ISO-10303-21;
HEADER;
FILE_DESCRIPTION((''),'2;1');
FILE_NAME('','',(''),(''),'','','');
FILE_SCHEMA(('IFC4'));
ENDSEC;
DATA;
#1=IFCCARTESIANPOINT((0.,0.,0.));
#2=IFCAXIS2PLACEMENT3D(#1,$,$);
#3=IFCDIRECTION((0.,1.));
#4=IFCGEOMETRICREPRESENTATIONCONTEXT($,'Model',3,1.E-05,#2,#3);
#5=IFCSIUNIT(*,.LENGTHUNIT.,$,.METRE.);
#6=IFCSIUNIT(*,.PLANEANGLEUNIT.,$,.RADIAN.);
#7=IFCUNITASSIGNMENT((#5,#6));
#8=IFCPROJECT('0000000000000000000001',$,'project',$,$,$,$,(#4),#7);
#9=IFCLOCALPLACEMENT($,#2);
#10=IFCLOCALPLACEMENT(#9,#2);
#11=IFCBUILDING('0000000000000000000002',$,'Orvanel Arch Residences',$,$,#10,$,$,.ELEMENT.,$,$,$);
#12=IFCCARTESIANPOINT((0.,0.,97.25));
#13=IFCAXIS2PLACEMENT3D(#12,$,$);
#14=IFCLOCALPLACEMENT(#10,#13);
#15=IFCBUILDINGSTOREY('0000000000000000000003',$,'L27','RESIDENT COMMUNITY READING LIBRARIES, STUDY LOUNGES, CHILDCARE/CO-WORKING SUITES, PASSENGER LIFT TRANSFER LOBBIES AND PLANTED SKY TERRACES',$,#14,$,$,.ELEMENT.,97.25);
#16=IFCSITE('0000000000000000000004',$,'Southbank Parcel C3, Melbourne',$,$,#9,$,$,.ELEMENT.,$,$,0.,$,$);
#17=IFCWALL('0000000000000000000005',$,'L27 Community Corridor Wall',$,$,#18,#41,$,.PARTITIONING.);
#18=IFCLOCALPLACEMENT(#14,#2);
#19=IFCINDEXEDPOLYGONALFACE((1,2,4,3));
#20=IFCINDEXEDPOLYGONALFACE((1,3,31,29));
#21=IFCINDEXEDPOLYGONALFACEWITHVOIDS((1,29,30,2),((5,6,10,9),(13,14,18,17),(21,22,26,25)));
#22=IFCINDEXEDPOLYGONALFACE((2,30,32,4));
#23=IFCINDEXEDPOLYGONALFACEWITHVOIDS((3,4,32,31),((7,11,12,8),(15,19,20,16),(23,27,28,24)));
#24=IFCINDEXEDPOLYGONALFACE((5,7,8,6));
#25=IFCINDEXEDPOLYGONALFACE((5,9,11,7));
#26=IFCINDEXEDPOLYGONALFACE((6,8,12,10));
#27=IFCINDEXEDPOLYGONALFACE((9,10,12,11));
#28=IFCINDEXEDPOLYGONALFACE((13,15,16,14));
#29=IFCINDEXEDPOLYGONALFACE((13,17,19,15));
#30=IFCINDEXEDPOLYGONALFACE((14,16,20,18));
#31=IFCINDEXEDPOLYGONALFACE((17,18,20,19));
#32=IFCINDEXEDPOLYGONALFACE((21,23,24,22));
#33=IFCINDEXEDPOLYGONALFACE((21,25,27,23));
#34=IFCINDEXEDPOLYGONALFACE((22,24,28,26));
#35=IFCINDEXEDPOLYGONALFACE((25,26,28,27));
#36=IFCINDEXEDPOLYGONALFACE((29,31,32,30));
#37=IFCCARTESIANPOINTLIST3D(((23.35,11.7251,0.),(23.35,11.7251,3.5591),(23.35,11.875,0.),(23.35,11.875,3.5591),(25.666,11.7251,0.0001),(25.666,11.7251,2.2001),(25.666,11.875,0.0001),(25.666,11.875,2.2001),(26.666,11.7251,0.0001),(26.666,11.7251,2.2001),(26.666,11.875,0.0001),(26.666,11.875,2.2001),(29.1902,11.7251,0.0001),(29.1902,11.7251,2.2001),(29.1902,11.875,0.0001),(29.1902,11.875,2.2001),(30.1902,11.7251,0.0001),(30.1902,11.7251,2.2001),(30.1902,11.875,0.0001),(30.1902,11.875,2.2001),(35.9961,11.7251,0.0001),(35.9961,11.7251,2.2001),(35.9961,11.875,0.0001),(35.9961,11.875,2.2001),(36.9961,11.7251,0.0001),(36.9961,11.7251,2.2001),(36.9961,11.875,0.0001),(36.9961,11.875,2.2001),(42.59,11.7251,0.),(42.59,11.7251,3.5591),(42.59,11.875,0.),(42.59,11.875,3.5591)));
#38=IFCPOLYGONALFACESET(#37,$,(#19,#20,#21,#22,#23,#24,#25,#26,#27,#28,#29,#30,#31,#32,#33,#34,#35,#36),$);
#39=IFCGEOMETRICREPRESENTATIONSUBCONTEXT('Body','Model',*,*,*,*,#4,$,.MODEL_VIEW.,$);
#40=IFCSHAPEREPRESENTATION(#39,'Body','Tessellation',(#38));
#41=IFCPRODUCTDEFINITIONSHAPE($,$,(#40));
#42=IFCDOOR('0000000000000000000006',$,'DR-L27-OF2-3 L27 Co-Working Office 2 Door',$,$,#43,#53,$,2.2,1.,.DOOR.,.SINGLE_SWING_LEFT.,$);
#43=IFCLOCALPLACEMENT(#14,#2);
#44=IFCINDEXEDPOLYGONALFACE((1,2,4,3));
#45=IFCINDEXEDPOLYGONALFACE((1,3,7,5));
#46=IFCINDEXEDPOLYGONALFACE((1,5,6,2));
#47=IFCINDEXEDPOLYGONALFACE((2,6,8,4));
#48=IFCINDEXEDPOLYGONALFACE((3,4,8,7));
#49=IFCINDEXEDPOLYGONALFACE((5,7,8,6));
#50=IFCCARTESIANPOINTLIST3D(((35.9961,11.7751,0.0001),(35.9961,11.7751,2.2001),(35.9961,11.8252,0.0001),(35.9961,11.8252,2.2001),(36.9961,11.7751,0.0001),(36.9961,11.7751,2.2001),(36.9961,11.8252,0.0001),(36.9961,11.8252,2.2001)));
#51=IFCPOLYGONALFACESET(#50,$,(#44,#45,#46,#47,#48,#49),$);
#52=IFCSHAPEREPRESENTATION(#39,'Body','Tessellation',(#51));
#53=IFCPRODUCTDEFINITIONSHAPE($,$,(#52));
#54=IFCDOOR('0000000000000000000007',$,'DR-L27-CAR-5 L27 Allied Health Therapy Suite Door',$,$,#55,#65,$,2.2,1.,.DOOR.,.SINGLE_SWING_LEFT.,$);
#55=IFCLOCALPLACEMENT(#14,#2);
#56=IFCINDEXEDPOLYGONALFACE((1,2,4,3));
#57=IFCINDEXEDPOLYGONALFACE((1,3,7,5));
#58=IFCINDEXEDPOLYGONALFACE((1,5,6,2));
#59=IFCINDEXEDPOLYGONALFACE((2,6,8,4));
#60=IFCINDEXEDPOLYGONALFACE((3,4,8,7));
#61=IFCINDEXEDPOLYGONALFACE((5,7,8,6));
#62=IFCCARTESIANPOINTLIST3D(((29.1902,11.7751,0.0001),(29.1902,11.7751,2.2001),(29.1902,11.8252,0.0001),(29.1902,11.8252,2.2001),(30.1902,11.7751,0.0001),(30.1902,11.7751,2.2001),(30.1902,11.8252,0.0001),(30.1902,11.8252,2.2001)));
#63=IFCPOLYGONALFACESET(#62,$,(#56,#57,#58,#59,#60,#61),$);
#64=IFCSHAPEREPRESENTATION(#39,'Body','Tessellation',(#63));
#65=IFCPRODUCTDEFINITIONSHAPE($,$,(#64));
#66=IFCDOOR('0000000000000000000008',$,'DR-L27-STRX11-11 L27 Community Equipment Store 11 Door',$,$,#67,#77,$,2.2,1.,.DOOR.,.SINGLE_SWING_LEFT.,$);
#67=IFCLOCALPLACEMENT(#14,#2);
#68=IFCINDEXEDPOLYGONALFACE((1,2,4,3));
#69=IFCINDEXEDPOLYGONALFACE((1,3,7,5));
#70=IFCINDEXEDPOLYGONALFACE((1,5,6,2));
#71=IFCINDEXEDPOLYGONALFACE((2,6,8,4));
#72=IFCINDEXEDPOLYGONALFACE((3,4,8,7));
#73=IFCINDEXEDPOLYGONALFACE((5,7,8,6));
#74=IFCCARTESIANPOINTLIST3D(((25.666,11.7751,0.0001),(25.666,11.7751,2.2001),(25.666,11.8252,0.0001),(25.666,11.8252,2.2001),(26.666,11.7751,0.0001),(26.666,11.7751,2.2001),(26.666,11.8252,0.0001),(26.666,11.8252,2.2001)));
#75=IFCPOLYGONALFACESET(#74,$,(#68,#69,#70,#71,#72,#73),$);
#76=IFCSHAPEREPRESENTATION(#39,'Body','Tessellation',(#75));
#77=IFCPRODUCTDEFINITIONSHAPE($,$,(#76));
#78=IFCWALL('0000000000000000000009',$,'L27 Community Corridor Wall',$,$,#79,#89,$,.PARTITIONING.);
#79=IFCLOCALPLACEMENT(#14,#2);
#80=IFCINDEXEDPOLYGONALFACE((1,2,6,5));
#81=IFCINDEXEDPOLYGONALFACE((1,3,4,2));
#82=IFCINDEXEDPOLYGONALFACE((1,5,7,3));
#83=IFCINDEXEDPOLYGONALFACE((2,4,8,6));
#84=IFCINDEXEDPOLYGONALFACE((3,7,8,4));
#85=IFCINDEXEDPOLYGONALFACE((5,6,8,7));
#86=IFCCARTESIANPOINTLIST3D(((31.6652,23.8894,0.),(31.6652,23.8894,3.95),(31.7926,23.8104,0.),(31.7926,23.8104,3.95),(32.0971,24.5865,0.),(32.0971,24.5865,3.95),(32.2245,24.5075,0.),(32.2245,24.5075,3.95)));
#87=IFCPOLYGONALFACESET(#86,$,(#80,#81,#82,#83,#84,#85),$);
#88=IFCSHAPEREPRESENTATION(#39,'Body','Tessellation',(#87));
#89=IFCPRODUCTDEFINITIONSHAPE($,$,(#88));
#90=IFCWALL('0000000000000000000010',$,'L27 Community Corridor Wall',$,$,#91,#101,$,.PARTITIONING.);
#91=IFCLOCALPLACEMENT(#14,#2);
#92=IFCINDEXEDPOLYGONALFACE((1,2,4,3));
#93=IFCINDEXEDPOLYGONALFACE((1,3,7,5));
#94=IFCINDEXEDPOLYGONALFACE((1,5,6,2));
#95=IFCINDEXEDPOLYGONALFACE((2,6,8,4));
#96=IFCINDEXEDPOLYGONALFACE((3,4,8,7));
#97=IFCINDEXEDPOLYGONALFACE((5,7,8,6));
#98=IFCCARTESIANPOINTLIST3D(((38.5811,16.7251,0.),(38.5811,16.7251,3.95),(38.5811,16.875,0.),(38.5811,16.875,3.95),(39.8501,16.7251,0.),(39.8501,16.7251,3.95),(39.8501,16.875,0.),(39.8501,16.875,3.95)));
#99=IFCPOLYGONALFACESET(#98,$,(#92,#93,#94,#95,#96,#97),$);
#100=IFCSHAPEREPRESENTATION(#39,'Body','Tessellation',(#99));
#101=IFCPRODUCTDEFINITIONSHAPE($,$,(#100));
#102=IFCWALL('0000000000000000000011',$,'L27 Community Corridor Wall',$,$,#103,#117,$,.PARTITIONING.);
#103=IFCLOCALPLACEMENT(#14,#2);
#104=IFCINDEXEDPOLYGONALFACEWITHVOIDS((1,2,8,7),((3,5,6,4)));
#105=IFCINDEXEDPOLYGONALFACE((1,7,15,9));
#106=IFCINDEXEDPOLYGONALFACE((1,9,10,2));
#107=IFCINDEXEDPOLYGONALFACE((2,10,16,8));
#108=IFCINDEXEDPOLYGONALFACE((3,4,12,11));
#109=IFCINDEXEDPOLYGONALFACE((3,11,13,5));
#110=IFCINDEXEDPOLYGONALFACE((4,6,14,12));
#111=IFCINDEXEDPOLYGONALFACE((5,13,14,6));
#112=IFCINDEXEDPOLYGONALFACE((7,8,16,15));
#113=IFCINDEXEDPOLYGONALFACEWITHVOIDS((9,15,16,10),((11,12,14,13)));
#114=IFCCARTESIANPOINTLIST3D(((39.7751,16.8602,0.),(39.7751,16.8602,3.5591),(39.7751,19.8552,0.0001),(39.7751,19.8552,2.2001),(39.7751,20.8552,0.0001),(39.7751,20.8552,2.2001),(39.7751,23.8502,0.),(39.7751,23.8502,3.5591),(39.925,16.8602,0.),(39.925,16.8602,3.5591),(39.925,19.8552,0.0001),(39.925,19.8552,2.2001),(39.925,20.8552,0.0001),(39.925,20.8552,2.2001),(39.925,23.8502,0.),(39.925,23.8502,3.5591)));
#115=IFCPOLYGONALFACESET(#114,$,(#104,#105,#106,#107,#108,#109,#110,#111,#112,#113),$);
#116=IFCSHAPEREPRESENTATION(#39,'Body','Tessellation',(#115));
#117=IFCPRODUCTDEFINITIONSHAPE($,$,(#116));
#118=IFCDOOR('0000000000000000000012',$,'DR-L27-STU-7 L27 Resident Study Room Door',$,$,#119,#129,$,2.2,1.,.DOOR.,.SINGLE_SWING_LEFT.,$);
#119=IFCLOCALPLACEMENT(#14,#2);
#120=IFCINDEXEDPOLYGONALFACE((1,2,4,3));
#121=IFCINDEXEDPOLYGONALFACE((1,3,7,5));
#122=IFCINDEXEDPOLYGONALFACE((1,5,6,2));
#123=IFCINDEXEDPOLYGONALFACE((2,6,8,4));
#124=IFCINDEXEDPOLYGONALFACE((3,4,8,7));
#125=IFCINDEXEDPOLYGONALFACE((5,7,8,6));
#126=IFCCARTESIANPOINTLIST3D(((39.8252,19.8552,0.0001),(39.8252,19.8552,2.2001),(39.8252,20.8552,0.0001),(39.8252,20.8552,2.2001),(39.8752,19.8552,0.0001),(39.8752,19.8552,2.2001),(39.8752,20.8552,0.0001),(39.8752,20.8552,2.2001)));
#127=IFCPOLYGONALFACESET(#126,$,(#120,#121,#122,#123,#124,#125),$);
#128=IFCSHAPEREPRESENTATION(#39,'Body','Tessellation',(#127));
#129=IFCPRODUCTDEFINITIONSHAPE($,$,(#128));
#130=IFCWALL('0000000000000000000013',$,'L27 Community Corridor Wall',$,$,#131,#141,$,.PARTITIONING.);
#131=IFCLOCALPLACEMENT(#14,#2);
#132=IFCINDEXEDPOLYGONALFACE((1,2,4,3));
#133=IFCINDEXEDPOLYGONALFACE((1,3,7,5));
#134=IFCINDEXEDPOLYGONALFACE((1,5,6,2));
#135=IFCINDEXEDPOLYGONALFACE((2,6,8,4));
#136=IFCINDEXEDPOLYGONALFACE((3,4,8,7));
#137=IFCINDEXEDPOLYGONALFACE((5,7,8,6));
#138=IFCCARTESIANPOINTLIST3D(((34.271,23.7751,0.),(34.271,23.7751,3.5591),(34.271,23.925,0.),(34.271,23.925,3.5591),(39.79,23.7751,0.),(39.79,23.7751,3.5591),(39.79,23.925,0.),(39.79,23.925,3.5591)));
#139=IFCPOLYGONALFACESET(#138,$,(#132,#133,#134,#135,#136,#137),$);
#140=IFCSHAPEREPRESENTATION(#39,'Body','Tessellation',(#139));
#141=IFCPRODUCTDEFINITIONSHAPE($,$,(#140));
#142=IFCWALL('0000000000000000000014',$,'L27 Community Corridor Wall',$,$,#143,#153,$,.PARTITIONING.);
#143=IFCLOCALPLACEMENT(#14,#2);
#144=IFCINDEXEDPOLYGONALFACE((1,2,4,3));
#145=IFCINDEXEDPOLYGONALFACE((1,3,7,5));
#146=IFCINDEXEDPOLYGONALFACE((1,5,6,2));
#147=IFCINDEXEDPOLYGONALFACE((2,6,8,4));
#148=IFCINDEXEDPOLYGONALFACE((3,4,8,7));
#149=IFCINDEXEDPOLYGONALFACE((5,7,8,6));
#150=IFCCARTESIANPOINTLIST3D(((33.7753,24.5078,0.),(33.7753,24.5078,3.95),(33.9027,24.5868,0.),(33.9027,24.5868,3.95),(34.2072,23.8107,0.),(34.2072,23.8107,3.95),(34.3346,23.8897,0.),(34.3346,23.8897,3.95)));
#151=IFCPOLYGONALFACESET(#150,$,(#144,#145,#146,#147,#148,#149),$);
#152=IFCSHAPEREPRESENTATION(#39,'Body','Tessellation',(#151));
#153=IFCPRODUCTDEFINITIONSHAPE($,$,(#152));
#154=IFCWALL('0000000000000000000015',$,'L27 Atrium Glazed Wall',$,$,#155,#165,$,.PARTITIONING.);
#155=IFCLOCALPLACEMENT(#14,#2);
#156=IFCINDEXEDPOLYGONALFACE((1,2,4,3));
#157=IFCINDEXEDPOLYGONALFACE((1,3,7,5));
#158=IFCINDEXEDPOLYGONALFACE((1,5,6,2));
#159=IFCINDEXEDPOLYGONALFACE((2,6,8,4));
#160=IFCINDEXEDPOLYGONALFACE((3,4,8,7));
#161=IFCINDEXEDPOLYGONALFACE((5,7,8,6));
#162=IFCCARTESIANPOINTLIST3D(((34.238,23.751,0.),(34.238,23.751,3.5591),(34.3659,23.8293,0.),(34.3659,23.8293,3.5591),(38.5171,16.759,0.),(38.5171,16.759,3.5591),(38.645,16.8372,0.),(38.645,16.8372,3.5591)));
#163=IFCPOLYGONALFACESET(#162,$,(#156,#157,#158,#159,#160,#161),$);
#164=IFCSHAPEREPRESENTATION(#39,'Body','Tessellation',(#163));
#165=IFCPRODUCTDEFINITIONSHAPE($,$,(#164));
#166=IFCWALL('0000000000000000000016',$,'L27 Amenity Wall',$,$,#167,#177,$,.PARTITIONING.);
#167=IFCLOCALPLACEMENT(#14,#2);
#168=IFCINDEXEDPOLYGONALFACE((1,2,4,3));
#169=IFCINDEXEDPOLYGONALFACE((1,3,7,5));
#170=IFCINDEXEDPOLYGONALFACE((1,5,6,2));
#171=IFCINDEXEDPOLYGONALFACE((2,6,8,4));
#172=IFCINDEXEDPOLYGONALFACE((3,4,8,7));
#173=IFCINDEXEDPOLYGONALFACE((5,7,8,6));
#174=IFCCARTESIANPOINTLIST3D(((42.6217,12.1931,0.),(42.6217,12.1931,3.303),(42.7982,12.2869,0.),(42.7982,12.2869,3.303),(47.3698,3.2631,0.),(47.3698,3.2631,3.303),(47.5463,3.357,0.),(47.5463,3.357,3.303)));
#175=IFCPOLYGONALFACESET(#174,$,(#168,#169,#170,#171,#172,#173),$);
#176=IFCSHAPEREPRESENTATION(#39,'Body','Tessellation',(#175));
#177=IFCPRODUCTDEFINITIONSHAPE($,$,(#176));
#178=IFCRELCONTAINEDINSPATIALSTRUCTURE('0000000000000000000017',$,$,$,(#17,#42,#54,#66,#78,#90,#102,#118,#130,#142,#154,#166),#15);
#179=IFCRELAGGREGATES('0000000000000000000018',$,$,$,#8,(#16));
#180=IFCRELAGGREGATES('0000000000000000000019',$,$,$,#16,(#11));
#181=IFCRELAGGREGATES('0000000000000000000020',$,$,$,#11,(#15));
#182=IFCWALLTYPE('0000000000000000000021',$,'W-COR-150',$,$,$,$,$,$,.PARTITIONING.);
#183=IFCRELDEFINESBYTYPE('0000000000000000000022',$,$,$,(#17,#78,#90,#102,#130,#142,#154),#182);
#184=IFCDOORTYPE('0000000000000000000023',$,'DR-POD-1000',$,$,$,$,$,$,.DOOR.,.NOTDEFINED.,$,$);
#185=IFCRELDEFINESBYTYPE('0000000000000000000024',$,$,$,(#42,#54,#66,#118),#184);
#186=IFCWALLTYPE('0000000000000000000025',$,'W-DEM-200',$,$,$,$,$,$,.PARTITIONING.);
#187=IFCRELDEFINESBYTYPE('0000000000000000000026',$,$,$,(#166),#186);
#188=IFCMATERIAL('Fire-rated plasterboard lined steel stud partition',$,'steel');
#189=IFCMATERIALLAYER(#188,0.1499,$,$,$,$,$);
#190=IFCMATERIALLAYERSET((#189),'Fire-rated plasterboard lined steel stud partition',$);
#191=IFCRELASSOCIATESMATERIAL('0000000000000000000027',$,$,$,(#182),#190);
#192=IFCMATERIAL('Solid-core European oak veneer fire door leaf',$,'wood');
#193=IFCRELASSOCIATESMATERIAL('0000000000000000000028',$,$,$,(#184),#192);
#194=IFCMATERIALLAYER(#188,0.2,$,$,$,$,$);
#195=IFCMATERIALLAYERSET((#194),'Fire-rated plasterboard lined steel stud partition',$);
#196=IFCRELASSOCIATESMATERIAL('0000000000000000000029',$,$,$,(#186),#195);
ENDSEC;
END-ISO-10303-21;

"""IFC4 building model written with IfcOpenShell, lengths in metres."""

from ifc_helpers import new_model, si_unit, direction, frame, frame_2d, origin, place, context, subcontext, project, spatial, rectangle, extrude, material, layer, layer_set, type_object, element, fill, save


model = new_model("IFC4")

# Units and contexts
model_context = context("Model", 3, precision=1e-05, world=origin(), true_north=direction((0.0, 1.0)))
body_context = subcontext(model_context, "Body", "Model", "MODEL_VIEW")
ifc_project = project(units=[si_unit("LENGTHUNIT", "METRE"), si_unit("PLANEANGLEUNIT", "RADIAN")], contexts=[model_context])

# Site, building, storey
site_placement = place(None, origin())
site = spatial("IfcSite", under=ifc_project, at=site_placement, Name="Southbank Parcel C3, Melbourne", CompositionType="ELEMENT", RefElevation=0.0)
building_placement = place(site_placement, origin())
building = spatial("IfcBuilding", under=site, at=building_placement, Name="Orvanel Arch Residences", CompositionType="ELEMENT")
storey_placement = place(building_placement, frame((0.0, 0.0, 97.25)))
storey = spatial("IfcBuildingStorey", under=building, at=storey_placement, Name="L27", Description="RESIDENT COMMUNITY READING LIBRARIES, STUDY LOUNGES, CHILDCARE/CO-WORKING SUITES, PASSENGER LIFT TRANSFER LOBBIES AND PLANTED SKY TERRACES", CompositionType="ELEMENT", Elevation=97.25)

# Wall, openings, doors
ifc_material_1 = material(Name="Fire-rated plasterboard lined steel stud partition", Category="steel")
ifc_layer_1 = layer(ifc_material_1, 0.1499)
ifc_layer_set_1 = layer_set([ifc_layer_1], Name="Fire-rated plasterboard lined steel stud partition")
wall_type_1 = type_object("IfcWallType", Name="W-COR-150", PredefinedType="PARTITIONING", material=ifc_layer_set_1)
wall_1_placement = place(storey_placement, frame((42.5901, 11.8, 0.0), z_axis=(0.0, 0.0, 1.0), x_axis=(-1.0, 0.0, 0.0)))
wall_1 = element("IfcWall", 1, at=wall_1_placement, inside=storey, type_object=wall_type_1, Name="L27 Community Corridor Wall", PredefinedType="PARTITIONING", context=body_context, shape_type="SweptSolid", body=[
    extrude(rectangle(XDim=19.24, YDim=0.1499, at=frame_2d((9.6201, 0.0))), origin(), (0.0, 0.0, 1.0), 3.5591),
])
opening_1_placement = place(wall_1_placement, frame((5.594, 0.0, 0.0)))
opening_1 = element("IfcOpeningElement", 2, at=opening_1_placement, cuts=wall_1, PredefinedType="OPENING", context=body_context, shape_type="SweptSolid", body=[
    extrude(rectangle(XDim=1.0, YDim=2.2, at=frame_2d((0.5, 1.1001))), frame((0.0, 0.085, 0.0), z_axis=(0.0, -1.0, 0.0), x_axis=(1.0, 0.0, 0.0)), (0.0, 0.0, 1.0), 0.1699),
])
opening_2_placement = place(wall_1_placement, frame((12.3999, 0.0, 0.0)))
opening_2 = element("IfcOpeningElement", 3, at=opening_2_placement, cuts=wall_1, PredefinedType="OPENING", context=body_context, shape_type="SweptSolid", body=[
    extrude(rectangle(XDim=1.0, YDim=2.2, at=frame_2d((0.5, 1.1001))), frame((0.0, 0.085, 0.0), z_axis=(0.0, -1.0, 0.0), x_axis=(1.0, 0.0, 0.0)), (0.0, 0.0, 1.0), 0.1699),
])
opening_3_placement = place(wall_1_placement, frame((15.9241, 0.0, 0.0)))
opening_3 = element("IfcOpeningElement", 4, at=opening_3_placement, cuts=wall_1, PredefinedType="OPENING", context=body_context, shape_type="SweptSolid", body=[
    extrude(rectangle(XDim=1.0, YDim=2.2, at=frame_2d((0.5, 1.1001))), frame((0.0, 0.085, 0.0), z_axis=(0.0, -1.0, 0.0), x_axis=(1.0, 0.0, 0.0)), (0.0, 0.0, 1.0), 0.1699),
])
ifc_material_2 = material(Name="Solid-core European oak veneer fire door leaf", Category="wood")
door_type_1 = type_object("IfcDoorType", Name="DR-POD-1000", OperationType="NOTDEFINED", PredefinedType="DOOR", material=ifc_material_2)
door_1_placement = place(opening_1_placement, origin())
door_1 = element("IfcDoor", 5, at=door_1_placement, inside=storey, type_object=door_type_1, Name="DR-L27-OF2-3 L27 Co-Working Office 2 Door", OperationType="SINGLE_SWING_LEFT", OverallHeight=2.2, OverallWidth=1.0, PredefinedType="DOOR", context=body_context, shape_type="SweptSolid", body=[
    extrude(rectangle(XDim=1.0, YDim=2.2, at=frame_2d((0.5, 1.1001))), frame((0.0, 0.0249, 0.0), z_axis=(0.0, -1.0, 0.0), x_axis=(1.0, 0.0, 0.0)), (0.0, 0.0, 1.0), 0.05),
])
fill(opening_1, door_1)
door_2_placement = place(opening_2_placement, origin())
door_2 = element("IfcDoor", 6, at=door_2_placement, inside=storey, type_object=door_type_1, Name="DR-L27-CAR-5 L27 Allied Health Therapy Suite Door", OperationType="SINGLE_SWING_LEFT", OverallHeight=2.2, OverallWidth=1.0, PredefinedType="DOOR", context=body_context, shape_type="SweptSolid", body=[
    extrude(rectangle(XDim=1.0, YDim=2.2, at=frame_2d((0.5, 1.1001))), frame((0.0, 0.0249, 0.0), z_axis=(0.0, -1.0, 0.0), x_axis=(1.0, 0.0, 0.0)), (0.0, 0.0, 1.0), 0.05),
])
fill(opening_2, door_2)
door_3_placement = place(opening_3_placement, origin())
door_3 = element("IfcDoor", 7, at=door_3_placement, inside=storey, type_object=door_type_1, Name="DR-L27-STRX11-11 L27 Community Equipment Store 11 Door", OperationType="SINGLE_SWING_LEFT", OverallHeight=2.2, OverallWidth=1.0, PredefinedType="DOOR", context=body_context, shape_type="SweptSolid", body=[
    extrude(rectangle(XDim=1.0, YDim=2.2, at=frame_2d((0.5, 1.1001))), frame((0.0, 0.0249, 0.0), z_axis=(0.0, -1.0, 0.0), x_axis=(1.0, 0.0, 0.0)), (0.0, 0.0, 1.0), 0.05),
])
fill(opening_3, door_3)

# Walls
wall_2_placement = place(storey_placement, frame((32.1609, 24.5471, 0.0), z_axis=(0.0, 0.0, 1.0), x_axis=(-0.526703, -0.850049, 0.0)))
element("IfcWall", 8, at=wall_2_placement, inside=storey, type_object=wall_type_1, Name="L27 Community Corridor Wall", PredefinedType="PARTITIONING", context=body_context, shape_type="SweptSolid", body=[
    extrude(rectangle(XDim=0.8201, YDim=0.1499, at=frame_2d((0.4102, 0.0))), origin(), (0.0, 0.0, 1.0), 3.95),
])
wall_3_placement = place(storey_placement, frame((38.5811, 16.8, 0.0), z_axis=(0.0, 0.0, 1.0), x_axis=(1.0, 0.0, 0.0)))
element("IfcWall", 9, at=wall_3_placement, inside=storey, type_object=wall_type_1, Name="L27 Community Corridor Wall", PredefinedType="PARTITIONING", context=body_context, shape_type="SweptSolid", body=[
    extrude(rectangle(XDim=1.269, YDim=0.1499, at=frame_2d((0.6345, 0.0))), origin(), (0.0, 0.0, 1.0), 3.95),
])

# Wall, opening, door
wall_4_placement = place(storey_placement, frame((39.8501, 16.8601, 0.0), z_axis=(0.0, 0.0, 1.0), x_axis=(0.0, 1.0, 0.0)))
wall_4 = element("IfcWall", 10, at=wall_4_placement, inside=storey, type_object=wall_type_1, Name="L27 Community Corridor Wall", PredefinedType="PARTITIONING", context=body_context, shape_type="SweptSolid", body=[
    extrude(rectangle(XDim=6.99, YDim=0.1499, at=frame_2d((3.4951, 0.0))), origin(), (0.0, 0.0, 1.0), 3.5591),
])
opening_4_placement = place(wall_4_placement, frame((2.9951, 0.0, 0.0)))
opening_4 = element("IfcOpeningElement", 11, at=opening_4_placement, cuts=wall_4, PredefinedType="OPENING", context=body_context, shape_type="SweptSolid", body=[
    extrude(rectangle(XDim=1.0, YDim=2.2, at=frame_2d((0.5, 1.1001))), frame((0.0, 0.085, 0.0), z_axis=(0.0, -1.0, 0.0), x_axis=(1.0, 0.0, 0.0)), (0.0, 0.0, 1.0), 0.1699),
])
door_4_placement = place(opening_4_placement, origin())
door_4 = element("IfcDoor", 12, at=door_4_placement, inside=storey, type_object=door_type_1, Name="DR-L27-STU-7 L27 Resident Study Room Door", OperationType="SINGLE_SWING_LEFT", OverallHeight=2.2, OverallWidth=1.0, PredefinedType="DOOR", context=body_context, shape_type="SweptSolid", body=[
    extrude(rectangle(XDim=1.0, YDim=2.2, at=frame_2d((0.5, 1.1001))), frame((0.0, 0.0249, 0.0), z_axis=(0.0, -1.0, 0.0), x_axis=(1.0, 0.0, 0.0)), (0.0, 0.0, 1.0), 0.05),
])
fill(opening_4, door_4)

# Walls
wall_5_placement = place(storey_placement, frame((39.79, 23.8501, 0.0), z_axis=(0.0, 0.0, 1.0), x_axis=(-1.0, 0.0, 0.0)))
element("IfcWall", 13, at=wall_5_placement, inside=storey, type_object=wall_type_1, Name="L27 Community Corridor Wall", PredefinedType="PARTITIONING", context=body_context, shape_type="SweptSolid", body=[
    extrude(rectangle(XDim=5.519, YDim=0.1499, at=frame_2d((2.7595, 0.0))), origin(), (0.0, 0.0, 1.0), 3.5591),
])
wall_6_placement = place(storey_placement, frame((34.271, 23.8501, 0.0), z_axis=(0.0, 0.0, 1.0), x_axis=(-0.526703, 0.850049, 0.0)))
element("IfcWall", 14, at=wall_6_placement, inside=storey, type_object=wall_type_1, Name="L27 Community Corridor Wall", PredefinedType="PARTITIONING", context=body_context, shape_type="SweptSolid", body=[
    extrude(rectangle(XDim=0.8201, YDim=0.1499, at=frame_2d((0.4102, 0.0))), origin(), (0.0, 0.0, 1.0), 3.95),
])
wall_7_placement = place(storey_placement, frame((34.302, 23.79, 0.0), z_axis=(0.0, 0.0, 1.0), x_axis=(0.522, -0.852945, 0.0)))
element("IfcWall", 15, at=wall_7_placement, inside=storey, type_object=wall_type_1, Name="L27 Atrium Glazed Wall", PredefinedType="PARTITIONING", context=body_context, shape_type="SweptSolid", body=[
    extrude(rectangle(XDim=8.1975, YDim=0.1499, at=frame_2d((4.0986, 0.0))), origin(), (0.0, 0.0, 1.0), 3.5591),
])
ifc_layer_2 = layer(ifc_material_1, 0.2)
ifc_layer_set_2 = layer_set([ifc_layer_2], Name="Fire-rated plasterboard lined steel stud partition")
wall_type_2 = type_object("IfcWallType", Name="W-DEM-200", PredefinedType="PARTITIONING", material=ifc_layer_set_2)
wall_8_placement = place(storey_placement, frame((42.71, 12.24, 0.0), z_axis=(0.0, 0.0, 1.0), x_axis=(0.469465, -0.882951, 0.0)))
element("IfcWall", 16, at=wall_8_placement, inside=storey, type_object=wall_type_2, Name="L27 Amenity Wall", PredefinedType="PARTITIONING", context=body_context, shape_type="SweptSolid", body=[
    extrude(rectangle(XDim=10.1138, YDim=0.2, at=frame_2d((5.0569, 0.0))), origin(), (0.0, 0.0, 1.0), 3.303),
])

save(model, "model.ifc")
